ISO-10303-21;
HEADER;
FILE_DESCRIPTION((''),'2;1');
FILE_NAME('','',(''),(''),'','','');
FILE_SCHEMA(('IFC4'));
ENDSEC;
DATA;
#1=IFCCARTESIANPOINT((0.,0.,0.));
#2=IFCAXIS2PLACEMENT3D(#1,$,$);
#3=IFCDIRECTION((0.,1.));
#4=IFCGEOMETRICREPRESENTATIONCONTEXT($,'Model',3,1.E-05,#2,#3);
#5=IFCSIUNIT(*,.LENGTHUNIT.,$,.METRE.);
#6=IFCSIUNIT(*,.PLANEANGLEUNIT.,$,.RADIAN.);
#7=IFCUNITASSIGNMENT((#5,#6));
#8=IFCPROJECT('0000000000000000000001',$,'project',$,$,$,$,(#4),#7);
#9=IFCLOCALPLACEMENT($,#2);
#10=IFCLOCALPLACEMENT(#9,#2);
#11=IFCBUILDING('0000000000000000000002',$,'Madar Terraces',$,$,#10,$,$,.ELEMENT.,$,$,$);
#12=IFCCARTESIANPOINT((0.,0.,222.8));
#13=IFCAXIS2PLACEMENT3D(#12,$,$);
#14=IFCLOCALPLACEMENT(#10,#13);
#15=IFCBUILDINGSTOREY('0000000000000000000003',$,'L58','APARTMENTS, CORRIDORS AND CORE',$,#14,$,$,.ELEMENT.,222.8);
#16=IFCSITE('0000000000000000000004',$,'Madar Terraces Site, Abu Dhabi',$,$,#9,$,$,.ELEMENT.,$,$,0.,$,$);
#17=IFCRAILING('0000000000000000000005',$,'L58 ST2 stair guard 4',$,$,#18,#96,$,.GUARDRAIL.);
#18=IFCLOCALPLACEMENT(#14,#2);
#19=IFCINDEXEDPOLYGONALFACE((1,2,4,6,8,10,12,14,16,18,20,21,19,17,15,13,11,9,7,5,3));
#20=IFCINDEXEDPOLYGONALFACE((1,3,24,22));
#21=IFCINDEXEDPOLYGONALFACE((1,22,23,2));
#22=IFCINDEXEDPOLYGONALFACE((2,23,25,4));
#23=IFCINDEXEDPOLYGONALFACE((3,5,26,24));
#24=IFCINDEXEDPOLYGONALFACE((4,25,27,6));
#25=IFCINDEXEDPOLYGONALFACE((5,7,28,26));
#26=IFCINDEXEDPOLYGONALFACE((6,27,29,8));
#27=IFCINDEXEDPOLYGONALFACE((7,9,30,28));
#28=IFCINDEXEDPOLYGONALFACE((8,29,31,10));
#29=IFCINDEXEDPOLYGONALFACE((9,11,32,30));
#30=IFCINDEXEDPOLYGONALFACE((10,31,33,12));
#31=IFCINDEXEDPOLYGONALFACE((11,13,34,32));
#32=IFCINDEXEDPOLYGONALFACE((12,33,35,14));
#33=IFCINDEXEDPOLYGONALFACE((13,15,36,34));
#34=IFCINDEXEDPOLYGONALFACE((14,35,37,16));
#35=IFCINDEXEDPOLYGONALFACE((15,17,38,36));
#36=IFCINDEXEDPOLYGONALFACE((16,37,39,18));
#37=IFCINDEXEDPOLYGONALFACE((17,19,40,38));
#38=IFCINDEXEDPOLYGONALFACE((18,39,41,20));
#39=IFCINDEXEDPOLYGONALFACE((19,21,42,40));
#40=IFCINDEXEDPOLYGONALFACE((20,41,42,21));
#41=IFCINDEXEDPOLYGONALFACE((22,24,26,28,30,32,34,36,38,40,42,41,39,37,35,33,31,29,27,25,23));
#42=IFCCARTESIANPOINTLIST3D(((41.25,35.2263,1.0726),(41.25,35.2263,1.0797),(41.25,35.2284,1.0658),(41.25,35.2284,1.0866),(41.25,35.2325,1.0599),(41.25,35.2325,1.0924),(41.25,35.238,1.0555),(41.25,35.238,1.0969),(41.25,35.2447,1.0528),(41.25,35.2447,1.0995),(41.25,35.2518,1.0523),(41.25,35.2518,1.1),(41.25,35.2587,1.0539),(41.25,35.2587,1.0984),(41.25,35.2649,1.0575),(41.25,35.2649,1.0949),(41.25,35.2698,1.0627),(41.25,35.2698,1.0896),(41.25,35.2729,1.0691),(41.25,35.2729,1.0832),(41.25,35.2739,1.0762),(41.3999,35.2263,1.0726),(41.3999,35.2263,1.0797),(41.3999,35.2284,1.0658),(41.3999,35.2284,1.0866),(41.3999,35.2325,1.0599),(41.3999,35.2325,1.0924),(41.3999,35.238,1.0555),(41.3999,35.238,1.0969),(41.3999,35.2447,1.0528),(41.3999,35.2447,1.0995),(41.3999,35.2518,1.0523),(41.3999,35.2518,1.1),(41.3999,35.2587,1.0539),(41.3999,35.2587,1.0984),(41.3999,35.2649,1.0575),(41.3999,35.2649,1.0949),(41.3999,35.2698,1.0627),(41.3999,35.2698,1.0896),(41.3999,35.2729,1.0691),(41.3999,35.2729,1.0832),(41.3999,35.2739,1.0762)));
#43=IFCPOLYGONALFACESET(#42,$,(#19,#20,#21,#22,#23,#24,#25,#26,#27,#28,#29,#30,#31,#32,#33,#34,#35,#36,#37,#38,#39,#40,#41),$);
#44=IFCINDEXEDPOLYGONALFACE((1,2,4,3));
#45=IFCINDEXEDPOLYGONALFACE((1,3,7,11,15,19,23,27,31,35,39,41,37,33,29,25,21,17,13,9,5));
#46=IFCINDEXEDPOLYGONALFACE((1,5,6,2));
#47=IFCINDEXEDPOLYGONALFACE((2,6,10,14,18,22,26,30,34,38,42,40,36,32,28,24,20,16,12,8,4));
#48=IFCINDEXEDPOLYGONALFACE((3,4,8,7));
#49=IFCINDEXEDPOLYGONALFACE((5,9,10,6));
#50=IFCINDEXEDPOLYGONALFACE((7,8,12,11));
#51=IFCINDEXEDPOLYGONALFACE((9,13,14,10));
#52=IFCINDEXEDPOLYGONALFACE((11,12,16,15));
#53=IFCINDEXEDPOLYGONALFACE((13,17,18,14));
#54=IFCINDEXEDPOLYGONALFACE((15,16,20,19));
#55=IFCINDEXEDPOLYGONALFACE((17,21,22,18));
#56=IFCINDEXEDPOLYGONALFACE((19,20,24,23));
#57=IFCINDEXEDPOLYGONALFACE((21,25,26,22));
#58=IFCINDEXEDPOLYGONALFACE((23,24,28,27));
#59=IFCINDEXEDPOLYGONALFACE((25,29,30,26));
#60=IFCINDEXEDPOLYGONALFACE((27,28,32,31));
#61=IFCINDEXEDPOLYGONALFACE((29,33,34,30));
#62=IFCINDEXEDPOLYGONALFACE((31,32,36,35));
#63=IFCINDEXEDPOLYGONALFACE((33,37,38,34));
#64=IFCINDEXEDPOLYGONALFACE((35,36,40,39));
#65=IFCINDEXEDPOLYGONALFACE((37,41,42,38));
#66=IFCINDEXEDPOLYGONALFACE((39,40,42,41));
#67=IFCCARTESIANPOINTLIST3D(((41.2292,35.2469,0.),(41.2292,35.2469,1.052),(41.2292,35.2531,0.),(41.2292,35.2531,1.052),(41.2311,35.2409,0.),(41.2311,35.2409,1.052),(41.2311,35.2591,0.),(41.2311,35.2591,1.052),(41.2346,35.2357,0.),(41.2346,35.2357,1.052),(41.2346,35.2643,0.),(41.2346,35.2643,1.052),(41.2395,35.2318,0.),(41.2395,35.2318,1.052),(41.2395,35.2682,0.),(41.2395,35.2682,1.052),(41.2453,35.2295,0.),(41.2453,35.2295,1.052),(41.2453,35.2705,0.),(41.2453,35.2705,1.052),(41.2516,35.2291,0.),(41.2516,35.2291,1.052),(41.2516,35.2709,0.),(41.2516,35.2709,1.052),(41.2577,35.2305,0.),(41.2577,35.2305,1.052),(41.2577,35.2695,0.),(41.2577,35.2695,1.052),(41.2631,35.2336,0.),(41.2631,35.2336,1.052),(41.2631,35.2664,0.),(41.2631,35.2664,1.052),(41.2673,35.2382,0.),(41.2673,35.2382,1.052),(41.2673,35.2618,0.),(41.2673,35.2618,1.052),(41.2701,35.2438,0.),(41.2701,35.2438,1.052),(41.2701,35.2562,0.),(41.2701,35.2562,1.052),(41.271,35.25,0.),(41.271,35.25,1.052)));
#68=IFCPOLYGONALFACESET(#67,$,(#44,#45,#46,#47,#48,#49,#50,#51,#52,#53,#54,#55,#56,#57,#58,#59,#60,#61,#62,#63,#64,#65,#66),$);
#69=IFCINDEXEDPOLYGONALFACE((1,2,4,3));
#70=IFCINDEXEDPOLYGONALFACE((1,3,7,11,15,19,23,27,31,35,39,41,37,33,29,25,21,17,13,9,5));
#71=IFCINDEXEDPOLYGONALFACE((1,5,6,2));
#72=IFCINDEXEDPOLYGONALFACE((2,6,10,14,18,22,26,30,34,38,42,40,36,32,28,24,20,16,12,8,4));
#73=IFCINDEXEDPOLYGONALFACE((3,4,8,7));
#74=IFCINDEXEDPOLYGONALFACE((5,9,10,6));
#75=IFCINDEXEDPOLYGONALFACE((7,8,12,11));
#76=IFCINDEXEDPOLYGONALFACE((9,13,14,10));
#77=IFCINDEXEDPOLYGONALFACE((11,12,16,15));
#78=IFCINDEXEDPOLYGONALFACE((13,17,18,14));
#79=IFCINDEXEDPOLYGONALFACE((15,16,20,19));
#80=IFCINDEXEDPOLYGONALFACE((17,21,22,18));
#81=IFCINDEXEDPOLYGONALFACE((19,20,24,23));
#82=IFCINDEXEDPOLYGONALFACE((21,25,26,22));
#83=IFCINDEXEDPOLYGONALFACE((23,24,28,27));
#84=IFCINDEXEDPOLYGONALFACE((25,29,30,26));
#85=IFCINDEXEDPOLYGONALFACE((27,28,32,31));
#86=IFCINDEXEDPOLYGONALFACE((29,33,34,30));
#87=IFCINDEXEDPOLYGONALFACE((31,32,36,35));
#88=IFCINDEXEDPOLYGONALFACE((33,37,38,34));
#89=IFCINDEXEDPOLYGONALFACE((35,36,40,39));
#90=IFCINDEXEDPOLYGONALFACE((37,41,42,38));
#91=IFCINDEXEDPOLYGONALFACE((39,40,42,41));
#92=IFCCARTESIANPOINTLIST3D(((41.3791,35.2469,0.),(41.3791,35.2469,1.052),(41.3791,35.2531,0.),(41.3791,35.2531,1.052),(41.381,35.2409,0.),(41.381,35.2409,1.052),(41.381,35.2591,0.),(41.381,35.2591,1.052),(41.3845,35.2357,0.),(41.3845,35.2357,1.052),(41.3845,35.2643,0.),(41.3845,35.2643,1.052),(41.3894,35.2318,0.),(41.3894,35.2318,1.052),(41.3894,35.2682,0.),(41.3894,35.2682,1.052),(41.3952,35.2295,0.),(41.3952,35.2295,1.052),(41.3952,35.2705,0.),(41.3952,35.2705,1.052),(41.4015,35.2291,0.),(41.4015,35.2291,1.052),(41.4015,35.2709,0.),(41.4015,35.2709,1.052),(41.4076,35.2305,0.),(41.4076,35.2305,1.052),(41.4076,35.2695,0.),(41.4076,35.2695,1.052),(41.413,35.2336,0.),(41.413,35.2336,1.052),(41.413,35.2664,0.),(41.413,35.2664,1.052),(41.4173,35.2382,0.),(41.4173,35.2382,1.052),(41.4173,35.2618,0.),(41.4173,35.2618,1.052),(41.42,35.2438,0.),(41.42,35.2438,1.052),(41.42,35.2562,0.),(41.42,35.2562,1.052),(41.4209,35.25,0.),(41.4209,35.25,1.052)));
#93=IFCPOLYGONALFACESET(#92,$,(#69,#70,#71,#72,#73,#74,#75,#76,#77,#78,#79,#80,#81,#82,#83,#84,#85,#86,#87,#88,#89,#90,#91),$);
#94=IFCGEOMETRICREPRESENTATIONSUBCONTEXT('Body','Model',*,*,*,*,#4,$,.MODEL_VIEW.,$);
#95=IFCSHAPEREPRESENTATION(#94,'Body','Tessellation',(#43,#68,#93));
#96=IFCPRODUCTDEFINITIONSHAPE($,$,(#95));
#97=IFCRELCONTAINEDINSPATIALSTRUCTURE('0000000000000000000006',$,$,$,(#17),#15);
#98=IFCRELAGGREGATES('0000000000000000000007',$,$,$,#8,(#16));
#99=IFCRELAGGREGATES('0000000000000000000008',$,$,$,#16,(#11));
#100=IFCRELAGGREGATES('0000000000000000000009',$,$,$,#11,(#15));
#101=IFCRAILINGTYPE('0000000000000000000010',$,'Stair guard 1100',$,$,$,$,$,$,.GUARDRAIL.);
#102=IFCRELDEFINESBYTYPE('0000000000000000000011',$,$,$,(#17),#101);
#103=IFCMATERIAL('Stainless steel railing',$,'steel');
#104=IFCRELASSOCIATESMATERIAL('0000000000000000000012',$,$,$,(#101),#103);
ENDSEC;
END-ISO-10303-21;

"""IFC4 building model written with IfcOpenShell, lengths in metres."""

from ifc_helpers import new_model, si_unit, direction, frame, origin, origin_2d, place, context, subcontext, project, spatial, circle, extrude, material, type_object, element, save


model = new_model("IFC4")

# Units and contexts
model_context = context("Model", 3, precision=1e-05, world=origin(), true_north=direction((0.0, 1.0)))
body_context = subcontext(model_context, "Body", "Model", "MODEL_VIEW")
ifc_project = project(units=[si_unit("LENGTHUNIT", "METRE"), si_unit("PLANEANGLEUNIT", "RADIAN")], contexts=[model_context])

# Site, building, storey
site_placement = place(None, origin())
site = spatial("IfcSite", under=ifc_project, at=site_placement, Name="Madar Terraces Site, Abu Dhabi", CompositionType="ELEMENT", RefElevation=0.0)
building_placement = place(site_placement, origin())
building = spatial("IfcBuilding", under=site, at=building_placement, Name="Madar Terraces", CompositionType="ELEMENT")
storey_placement = place(building_placement, frame((0.0, 0.0, 222.8)))
storey = spatial("IfcBuildingStorey", under=building, at=storey_placement, Name="L58", Description="APARTMENTS, CORRIDORS AND CORE", CompositionType="ELEMENT", Elevation=222.8)

# Railing
ifc_material_1 = material(Name="Stainless steel railing", Category="steel")
railing_type = type_object("IfcRailingType", Name="Stair guard 1100", PredefinedType="GUARDRAIL", material=ifc_material_1)
railing_placement = place(storey_placement, frame((41.25, 35.25, 0.0)))
element("IfcRailing", 1, at=railing_placement, inside=storey, type_object=railing_type, Name="L58 ST2 stair guard 4", PredefinedType="GUARDRAIL", context=body_context, shape_type="SweptSolid", body=[
    extrude(circle(Radius=0.0239, at=origin_2d()), frame((0.0, 0.0, 1.0762), z_axis=(1.0, 0.0, 0.0), x_axis=(0.0, 1.0, 0.0)), (0.0, 0.0, 1.0), 0.1499),
    extrude(circle(Radius=0.021, at=origin_2d()), origin(), (0.0, 0.0, 1.0), 1.052),
    extrude(circle(Radius=0.021, at=origin_2d()), frame((0.1499, 0.0, 0.0)), (0.0, 0.0, 1.0), 1.052),
])

save(model, "model.ifc")
